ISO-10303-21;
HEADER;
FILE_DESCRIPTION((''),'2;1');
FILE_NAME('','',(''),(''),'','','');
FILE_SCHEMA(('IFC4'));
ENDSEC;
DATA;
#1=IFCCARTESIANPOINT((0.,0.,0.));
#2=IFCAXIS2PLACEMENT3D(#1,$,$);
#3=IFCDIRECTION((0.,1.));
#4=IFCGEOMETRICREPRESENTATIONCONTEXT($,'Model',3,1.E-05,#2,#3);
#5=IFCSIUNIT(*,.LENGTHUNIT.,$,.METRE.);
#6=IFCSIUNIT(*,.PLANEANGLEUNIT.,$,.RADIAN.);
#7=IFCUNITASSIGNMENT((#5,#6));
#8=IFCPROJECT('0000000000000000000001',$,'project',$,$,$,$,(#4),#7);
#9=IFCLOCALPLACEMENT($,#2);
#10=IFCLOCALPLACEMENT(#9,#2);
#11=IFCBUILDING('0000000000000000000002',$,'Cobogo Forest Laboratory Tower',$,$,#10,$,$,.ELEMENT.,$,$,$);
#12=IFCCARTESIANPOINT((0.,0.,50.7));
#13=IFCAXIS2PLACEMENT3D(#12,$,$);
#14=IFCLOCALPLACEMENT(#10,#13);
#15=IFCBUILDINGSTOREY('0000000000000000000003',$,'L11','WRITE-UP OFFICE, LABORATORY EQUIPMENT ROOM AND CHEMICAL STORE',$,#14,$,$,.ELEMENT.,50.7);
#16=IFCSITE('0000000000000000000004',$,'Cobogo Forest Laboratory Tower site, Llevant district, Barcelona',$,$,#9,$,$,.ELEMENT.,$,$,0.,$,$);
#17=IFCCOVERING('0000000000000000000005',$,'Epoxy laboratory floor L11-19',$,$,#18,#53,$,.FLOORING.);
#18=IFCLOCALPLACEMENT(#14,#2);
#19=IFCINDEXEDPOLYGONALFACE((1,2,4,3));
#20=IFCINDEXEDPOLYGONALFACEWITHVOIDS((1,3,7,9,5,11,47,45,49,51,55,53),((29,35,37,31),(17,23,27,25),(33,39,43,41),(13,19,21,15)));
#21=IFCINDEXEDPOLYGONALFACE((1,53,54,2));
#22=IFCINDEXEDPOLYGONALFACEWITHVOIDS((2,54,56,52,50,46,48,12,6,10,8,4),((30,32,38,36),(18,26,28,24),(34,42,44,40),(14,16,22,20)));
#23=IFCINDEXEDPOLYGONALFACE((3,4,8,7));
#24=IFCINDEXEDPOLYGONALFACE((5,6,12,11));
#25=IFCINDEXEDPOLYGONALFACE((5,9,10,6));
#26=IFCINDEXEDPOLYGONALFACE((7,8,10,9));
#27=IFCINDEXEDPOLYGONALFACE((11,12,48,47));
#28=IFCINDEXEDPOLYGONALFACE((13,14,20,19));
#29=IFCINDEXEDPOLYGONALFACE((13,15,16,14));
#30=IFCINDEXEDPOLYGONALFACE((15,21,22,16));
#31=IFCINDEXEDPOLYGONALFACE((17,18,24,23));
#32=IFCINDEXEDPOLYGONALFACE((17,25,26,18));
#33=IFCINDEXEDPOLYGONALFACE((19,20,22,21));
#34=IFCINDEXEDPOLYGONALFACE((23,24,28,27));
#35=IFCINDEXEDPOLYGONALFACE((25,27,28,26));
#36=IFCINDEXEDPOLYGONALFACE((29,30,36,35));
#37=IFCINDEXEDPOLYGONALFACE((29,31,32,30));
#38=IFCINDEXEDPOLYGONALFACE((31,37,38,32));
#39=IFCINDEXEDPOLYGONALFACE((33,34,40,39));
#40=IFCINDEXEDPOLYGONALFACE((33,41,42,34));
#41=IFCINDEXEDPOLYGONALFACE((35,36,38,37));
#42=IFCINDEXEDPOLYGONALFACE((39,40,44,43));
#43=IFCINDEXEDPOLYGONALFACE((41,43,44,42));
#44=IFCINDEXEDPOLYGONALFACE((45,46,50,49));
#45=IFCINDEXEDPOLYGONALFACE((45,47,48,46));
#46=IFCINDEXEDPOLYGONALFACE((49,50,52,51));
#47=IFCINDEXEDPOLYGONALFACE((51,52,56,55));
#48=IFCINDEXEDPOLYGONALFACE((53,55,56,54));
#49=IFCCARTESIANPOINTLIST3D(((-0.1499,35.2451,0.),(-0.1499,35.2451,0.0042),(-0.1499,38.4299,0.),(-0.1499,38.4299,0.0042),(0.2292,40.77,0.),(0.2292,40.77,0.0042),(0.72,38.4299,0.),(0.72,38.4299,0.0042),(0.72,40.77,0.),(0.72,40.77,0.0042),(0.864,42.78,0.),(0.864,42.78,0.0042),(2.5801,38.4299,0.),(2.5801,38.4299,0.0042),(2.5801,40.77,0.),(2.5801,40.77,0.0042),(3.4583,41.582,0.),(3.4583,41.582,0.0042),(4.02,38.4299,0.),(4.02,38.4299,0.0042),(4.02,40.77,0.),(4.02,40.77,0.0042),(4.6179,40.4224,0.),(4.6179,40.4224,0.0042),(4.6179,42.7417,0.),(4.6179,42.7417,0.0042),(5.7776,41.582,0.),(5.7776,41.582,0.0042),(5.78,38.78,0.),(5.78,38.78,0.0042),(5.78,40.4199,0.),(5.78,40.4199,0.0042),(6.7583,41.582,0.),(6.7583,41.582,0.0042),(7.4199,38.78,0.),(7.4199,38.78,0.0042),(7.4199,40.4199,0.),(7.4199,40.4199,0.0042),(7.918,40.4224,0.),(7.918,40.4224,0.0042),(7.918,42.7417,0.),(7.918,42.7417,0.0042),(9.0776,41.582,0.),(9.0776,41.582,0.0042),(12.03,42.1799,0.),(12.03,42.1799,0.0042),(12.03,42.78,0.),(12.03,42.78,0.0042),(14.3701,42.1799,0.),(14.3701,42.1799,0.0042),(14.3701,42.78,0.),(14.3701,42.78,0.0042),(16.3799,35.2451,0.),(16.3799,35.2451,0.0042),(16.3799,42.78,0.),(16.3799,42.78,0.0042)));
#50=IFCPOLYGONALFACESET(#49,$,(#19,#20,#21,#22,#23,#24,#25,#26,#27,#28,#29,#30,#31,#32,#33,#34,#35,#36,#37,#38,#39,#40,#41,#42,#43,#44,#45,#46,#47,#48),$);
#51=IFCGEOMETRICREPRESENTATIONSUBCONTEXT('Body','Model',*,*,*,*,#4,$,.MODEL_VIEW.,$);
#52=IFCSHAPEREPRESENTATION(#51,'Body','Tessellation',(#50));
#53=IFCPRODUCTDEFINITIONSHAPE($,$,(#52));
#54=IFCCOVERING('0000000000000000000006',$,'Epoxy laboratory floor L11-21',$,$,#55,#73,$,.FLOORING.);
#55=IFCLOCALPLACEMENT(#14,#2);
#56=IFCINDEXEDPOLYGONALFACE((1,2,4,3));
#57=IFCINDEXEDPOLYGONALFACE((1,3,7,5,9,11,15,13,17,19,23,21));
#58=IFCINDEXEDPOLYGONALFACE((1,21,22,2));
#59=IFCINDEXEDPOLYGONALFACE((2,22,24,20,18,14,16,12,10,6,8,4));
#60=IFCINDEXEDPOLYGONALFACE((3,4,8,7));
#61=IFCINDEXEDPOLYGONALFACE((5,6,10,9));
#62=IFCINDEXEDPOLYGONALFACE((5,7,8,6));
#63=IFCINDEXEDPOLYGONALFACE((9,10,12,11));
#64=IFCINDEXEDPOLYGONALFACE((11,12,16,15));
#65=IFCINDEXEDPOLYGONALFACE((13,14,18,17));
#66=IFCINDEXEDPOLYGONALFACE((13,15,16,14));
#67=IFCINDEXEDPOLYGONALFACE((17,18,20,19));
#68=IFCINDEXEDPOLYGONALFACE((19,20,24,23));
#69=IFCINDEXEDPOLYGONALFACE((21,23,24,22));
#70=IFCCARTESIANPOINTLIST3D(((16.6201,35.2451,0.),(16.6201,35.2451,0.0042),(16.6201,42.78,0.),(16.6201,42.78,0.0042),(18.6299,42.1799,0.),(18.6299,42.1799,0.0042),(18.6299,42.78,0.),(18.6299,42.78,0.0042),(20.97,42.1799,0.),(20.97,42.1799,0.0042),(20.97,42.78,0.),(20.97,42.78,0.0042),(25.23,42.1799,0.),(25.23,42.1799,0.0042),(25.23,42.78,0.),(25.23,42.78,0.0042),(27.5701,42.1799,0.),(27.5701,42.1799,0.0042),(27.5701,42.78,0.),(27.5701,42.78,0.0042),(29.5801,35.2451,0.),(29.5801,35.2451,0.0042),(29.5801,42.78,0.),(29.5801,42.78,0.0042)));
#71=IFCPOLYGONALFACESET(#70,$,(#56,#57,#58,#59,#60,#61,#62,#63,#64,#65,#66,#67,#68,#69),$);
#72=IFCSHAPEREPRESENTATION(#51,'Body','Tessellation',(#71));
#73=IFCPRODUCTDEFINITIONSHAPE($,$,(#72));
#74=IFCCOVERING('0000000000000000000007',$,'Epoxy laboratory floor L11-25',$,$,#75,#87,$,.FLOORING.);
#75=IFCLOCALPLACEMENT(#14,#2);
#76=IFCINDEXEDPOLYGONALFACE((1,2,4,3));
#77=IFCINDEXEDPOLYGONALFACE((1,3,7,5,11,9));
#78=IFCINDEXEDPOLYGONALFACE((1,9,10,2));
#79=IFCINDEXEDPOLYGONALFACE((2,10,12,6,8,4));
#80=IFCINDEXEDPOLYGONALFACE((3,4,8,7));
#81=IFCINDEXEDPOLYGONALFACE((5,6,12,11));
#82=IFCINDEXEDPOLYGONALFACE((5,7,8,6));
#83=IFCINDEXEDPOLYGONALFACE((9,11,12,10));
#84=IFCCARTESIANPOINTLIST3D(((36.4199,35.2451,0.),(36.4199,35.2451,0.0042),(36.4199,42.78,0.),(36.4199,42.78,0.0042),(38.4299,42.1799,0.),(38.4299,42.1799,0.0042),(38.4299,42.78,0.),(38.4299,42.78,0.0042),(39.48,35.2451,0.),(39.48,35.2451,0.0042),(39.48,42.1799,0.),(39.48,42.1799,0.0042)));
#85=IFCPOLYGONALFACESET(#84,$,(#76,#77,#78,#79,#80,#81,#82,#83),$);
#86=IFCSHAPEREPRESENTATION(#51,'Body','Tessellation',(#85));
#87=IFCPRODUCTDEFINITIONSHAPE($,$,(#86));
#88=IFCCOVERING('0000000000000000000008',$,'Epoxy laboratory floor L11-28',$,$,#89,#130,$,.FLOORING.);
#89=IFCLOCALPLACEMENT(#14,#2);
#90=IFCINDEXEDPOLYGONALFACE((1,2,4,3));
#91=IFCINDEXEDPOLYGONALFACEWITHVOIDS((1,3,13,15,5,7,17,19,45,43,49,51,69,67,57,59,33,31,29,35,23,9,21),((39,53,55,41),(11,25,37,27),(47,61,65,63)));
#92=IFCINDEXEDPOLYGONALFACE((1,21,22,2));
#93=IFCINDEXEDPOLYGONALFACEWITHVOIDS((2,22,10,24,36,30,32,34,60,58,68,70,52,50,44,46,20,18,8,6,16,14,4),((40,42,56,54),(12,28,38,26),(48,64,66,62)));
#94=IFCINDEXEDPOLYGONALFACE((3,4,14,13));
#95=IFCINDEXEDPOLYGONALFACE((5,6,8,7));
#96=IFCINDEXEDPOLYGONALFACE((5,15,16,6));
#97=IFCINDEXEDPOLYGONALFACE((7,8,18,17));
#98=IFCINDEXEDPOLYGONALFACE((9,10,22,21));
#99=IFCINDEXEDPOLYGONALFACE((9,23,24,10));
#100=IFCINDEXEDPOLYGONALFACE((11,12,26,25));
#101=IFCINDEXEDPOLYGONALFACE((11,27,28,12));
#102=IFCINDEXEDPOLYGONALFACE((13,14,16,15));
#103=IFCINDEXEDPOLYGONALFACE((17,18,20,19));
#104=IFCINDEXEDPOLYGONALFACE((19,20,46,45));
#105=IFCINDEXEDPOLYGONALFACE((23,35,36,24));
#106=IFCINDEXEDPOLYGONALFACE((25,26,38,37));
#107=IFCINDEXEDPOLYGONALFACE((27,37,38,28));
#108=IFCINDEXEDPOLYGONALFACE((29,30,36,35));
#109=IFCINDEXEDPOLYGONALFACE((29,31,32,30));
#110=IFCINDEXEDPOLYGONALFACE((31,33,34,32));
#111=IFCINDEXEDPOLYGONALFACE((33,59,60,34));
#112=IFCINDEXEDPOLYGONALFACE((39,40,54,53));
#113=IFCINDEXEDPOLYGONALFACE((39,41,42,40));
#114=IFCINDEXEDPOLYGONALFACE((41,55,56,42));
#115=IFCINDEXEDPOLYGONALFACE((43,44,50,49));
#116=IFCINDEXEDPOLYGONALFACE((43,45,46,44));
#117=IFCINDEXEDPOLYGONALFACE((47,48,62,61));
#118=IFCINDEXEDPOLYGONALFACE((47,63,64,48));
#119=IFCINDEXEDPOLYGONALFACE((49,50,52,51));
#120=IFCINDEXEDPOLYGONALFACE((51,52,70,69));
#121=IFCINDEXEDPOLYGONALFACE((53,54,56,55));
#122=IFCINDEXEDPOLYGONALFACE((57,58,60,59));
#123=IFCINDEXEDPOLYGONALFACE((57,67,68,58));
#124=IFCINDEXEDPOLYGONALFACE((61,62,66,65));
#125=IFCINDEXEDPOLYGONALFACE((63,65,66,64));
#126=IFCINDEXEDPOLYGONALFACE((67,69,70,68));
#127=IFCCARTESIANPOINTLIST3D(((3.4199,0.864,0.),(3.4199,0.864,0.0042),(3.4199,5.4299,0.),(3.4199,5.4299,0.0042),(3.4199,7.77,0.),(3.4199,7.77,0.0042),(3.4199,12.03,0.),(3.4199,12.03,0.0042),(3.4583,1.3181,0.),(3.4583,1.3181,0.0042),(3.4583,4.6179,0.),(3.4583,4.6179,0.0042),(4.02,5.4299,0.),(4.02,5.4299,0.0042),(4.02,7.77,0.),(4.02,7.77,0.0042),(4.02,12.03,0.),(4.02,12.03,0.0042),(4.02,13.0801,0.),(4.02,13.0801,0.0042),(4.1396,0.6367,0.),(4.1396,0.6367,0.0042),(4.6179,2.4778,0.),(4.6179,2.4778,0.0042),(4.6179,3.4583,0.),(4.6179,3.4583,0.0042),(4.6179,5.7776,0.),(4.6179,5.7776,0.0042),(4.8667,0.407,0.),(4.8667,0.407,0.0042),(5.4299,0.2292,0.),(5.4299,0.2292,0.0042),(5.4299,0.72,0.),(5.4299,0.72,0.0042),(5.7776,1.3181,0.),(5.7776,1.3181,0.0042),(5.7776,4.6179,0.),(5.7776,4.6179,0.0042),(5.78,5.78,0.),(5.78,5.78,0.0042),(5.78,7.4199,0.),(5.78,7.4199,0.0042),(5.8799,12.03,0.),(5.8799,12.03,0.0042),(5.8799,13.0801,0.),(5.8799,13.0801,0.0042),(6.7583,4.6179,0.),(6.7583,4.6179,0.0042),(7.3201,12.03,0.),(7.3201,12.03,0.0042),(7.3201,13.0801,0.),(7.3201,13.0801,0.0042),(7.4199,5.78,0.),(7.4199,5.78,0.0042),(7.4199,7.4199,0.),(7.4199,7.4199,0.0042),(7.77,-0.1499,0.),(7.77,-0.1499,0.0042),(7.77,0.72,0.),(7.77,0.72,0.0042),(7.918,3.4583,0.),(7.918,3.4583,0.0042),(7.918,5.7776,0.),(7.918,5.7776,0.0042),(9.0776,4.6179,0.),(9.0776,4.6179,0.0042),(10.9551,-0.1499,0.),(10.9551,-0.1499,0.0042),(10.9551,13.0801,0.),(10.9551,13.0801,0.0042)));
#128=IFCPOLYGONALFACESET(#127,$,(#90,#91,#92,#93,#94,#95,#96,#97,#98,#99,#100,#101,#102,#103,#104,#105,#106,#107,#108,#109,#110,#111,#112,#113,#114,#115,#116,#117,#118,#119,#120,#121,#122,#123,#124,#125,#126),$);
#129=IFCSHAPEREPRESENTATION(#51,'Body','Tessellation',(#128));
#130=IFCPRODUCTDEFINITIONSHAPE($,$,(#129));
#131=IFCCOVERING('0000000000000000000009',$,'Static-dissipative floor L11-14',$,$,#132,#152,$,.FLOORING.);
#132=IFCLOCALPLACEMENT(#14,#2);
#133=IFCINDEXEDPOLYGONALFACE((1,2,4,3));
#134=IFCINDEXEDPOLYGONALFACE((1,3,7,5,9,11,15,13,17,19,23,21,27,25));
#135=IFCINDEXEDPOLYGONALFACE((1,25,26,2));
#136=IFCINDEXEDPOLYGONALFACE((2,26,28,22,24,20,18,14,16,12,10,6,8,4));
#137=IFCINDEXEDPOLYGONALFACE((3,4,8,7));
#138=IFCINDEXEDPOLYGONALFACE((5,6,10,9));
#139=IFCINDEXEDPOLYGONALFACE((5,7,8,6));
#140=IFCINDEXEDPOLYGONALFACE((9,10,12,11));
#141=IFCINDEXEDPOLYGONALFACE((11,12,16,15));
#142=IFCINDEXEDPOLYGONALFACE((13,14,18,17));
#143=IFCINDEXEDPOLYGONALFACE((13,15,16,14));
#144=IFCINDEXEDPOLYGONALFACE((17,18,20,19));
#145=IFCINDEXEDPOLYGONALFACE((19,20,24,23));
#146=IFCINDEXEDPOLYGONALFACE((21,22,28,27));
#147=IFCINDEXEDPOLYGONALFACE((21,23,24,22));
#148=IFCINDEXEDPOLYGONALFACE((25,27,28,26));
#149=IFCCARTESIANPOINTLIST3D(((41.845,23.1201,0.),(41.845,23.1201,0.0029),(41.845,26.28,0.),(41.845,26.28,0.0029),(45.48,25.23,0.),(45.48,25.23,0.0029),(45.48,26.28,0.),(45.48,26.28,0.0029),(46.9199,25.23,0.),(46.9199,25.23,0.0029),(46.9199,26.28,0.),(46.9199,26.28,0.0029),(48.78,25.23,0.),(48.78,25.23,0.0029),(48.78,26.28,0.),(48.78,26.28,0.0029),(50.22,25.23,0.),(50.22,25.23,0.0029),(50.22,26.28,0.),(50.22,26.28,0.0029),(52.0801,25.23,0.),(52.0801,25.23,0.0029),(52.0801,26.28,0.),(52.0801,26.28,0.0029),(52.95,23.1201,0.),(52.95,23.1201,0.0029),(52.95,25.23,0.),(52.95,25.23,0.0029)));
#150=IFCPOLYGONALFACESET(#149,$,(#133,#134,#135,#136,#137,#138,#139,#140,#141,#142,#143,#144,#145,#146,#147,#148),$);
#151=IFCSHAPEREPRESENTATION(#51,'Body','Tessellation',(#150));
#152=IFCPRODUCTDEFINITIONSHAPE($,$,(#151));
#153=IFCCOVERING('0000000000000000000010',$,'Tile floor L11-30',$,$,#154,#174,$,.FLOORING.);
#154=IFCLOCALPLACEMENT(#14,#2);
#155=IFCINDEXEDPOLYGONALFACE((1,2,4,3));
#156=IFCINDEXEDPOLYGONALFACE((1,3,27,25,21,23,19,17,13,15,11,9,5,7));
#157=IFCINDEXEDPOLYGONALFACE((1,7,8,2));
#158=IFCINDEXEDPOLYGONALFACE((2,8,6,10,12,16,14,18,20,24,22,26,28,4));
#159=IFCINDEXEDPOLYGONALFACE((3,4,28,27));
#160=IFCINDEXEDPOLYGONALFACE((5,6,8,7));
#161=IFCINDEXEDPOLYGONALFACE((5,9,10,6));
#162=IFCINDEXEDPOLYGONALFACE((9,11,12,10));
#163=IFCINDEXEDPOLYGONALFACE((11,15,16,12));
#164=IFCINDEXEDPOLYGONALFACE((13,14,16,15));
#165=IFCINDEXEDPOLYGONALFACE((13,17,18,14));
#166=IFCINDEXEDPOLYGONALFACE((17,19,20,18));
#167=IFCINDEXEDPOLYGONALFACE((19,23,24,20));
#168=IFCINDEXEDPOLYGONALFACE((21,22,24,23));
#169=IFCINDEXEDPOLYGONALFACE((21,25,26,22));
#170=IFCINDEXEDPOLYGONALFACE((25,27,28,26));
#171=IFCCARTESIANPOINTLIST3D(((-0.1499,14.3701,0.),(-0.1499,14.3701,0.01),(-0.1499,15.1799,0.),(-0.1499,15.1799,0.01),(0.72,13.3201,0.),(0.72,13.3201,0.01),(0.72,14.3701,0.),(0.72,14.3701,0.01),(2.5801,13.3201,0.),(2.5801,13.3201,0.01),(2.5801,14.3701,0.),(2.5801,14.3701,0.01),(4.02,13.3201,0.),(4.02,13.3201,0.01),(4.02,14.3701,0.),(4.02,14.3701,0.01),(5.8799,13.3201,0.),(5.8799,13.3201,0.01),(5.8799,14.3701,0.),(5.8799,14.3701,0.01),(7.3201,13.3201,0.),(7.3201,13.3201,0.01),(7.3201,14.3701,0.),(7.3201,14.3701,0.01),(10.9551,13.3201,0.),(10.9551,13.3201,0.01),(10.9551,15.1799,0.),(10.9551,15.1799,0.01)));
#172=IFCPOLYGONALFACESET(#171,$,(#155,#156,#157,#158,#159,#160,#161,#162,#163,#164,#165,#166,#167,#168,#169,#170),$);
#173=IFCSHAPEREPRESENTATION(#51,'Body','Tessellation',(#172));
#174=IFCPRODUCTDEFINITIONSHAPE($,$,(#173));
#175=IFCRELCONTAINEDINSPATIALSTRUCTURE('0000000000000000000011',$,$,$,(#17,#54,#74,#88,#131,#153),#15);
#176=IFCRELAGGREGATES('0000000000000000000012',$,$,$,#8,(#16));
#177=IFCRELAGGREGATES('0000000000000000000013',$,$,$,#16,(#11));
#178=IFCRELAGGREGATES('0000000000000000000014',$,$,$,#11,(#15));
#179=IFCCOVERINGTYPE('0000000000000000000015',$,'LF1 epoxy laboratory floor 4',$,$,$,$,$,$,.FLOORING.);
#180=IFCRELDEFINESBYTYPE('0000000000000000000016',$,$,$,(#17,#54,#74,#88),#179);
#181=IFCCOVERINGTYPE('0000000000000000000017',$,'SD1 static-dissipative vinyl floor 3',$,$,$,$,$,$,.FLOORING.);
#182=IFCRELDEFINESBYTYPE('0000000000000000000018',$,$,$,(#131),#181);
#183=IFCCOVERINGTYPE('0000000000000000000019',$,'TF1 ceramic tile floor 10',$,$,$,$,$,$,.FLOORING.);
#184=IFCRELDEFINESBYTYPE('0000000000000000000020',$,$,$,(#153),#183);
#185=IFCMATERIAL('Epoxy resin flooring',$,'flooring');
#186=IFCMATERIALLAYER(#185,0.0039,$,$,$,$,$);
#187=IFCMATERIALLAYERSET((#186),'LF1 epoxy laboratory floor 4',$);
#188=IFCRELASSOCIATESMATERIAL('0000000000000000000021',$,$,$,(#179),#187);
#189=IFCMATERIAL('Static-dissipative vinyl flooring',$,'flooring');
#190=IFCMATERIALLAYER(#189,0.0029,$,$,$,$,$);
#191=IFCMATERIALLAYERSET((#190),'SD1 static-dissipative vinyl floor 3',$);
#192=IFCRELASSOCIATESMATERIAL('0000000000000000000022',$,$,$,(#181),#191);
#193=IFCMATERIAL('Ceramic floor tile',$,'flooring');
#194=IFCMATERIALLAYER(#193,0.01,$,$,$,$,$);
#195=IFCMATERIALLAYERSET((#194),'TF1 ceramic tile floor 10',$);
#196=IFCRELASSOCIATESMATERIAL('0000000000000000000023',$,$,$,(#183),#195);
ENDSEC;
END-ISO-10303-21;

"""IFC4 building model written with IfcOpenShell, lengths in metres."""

from ifc_helpers import new_model, si_unit, direction, frame, origin, place, context, subcontext, project, spatial, polyline, outline, extrude, material, layer, layer_set, type_object, element, save


model = new_model("IFC4")

# Units and contexts
model_context = context("Model", 3, precision=1e-05, world=origin(), true_north=direction((0.0, 1.0)))
body_context = subcontext(model_context, "Body", "Model", "MODEL_VIEW")
ifc_project = project(units=[si_unit("LENGTHUNIT", "METRE"), si_unit("PLANEANGLEUNIT", "RADIAN")], contexts=[model_context])

# Site, building, storey
site_placement = place(None, origin())
site = spatial("IfcSite", under=ifc_project, at=site_placement, Name="Cobogo Forest Laboratory Tower site, Llevant district, Barcelona", CompositionType="ELEMENT", RefElevation=0.0)
building_placement = place(site_placement, origin())
building = spatial("IfcBuilding", under=site, at=building_placement, Name="Cobogo Forest Laboratory Tower", CompositionType="ELEMENT")
storey_placement = place(building_placement, frame((0.0, 0.0, 50.7)))
storey = spatial("IfcBuildingStorey", under=building, at=storey_placement, Name="L11", Description="WRITE-UP OFFICE, LABORATORY EQUIPMENT ROOM AND CHEMICAL STORE", CompositionType="ELEMENT", Elevation=50.7)

# Coverings
ifc_material_1 = material(Name="Epoxy resin flooring", Category="flooring")
ifc_layer_1 = layer(ifc_material_1, 0.0039)
ifc_layer_set_1 = layer_set([ifc_layer_1], Name="LF1 epoxy laboratory floor 4")
covering_type_1 = type_object("IfcCoveringType", Name="LF1 epoxy laboratory floor 4", PredefinedType="FLOORING", material=ifc_layer_set_1)
covering_1_placement = place(storey_placement, origin())
element("IfcCovering", 1, at=covering_1_placement, inside=storey, type_object=covering_type_1, Name="Epoxy laboratory floor L11-19", PredefinedType="FLOORING", context=body_context, shape_type="SweptSolid", body=[
    extrude(outline(polyline([(16.3799, 35.2451), (-0.1499, 35.2451), (-0.1499, 38.4299), (0.72, 38.4299), (0.72, 40.77), (0.2292, 40.77), (0.864, 42.78), (12.03, 42.78), (12.03, 42.1799), (14.3701, 42.1799), (14.3701, 42.78), (16.3799, 42.78), (16.3799, 35.2451)]), holes=[polyline([(6.7583, 41.582), (7.918, 40.4224), (9.0776, 41.582), (7.918, 42.7417), (6.7583, 41.582)]), polyline([(5.78, 40.4199), (5.78, 38.78), (7.4199, 38.78), (7.4199, 40.4199), (5.78, 40.4199)]), polyline([(3.4583, 41.582), (4.6179, 40.4224), (5.7776, 41.582), (4.6179, 42.7417), (3.4583, 41.582)]), polyline([(2.5801, 38.4299), (4.02, 38.4299), (4.02, 40.77), (2.5801, 40.77), (2.5801, 38.4299)])]), origin(), (0.0, 0.0, 1.0), 0.0042),
])
covering_2_placement = place(storey_placement, origin())
element("IfcCovering", 2, at=covering_2_placement, inside=storey, type_object=covering_type_1, Name="Epoxy laboratory floor L11-21", PredefinedType="FLOORING", context=body_context, shape_type="SweptSolid", body=[
    extrude(outline(polyline([(16.6201, 42.78), (18.6299, 42.78), (18.6299, 42.1799), (20.97, 42.1799), (20.97, 42.78), (25.23, 42.78), (25.23, 42.1799), (27.5701, 42.1799), (27.5701, 42.78), (29.5801, 42.78), (29.5801, 35.2451), (16.6201, 35.2451), (16.6201, 42.78)])), origin(), (0.0, 0.0, 1.0), 0.0042),
])
covering_3_placement = place(storey_placement, origin())
element("IfcCovering", 3, at=covering_3_placement, inside=storey, type_object=covering_type_1, Name="Epoxy laboratory floor L11-25", PredefinedType="FLOORING", context=body_context, shape_type="SweptSolid", body=[
    extrude(outline(polyline([(36.4199, 42.78), (38.4299, 42.78), (38.4299, 42.1799), (39.48, 42.1799), (39.48, 35.2451), (36.4199, 35.2451), (36.4199, 42.78)])), origin(), (0.0, 0.0, 1.0), 0.0042),
])
covering_4_placement = place(storey_placement, origin())
element("IfcCovering", 4, at=covering_4_placement, inside=storey, type_object=covering_type_1, Name="Epoxy laboratory floor L11-28", PredefinedType="FLOORING", context=body_context, shape_type="SweptSolid", body=[
    extrude(outline(polyline([(5.8799, 13.0801), (5.8799, 12.03), (7.3201, 12.03), (7.3201, 13.0801), (10.9551, 13.0801), (10.9551, -0.1499), (7.77, -0.1499), (7.77, 0.72), (5.4299, 0.72), (5.4299, 0.2292), (4.8667, 0.407), (5.7776, 1.3181), (4.6179, 2.4778), (3.4583, 1.3181), (4.1396, 0.6367), (3.4199, 0.864), (3.4199, 5.4299), (4.02, 5.4299), (4.02, 7.77), (3.4199, 7.77), (3.4199, 12.03), (4.02, 12.03), (4.02, 13.0801), (5.8799, 13.0801)]), holes=[polyline([(7.918, 5.7776), (6.7583, 4.6179), (7.918, 3.4583), (9.0776, 4.6179), (7.918, 5.7776)]), polyline([(5.78, 7.4199), (5.78, 5.78), (7.4199, 5.78), (7.4199, 7.4199), (5.78, 7.4199)]), polyline([(3.4583, 4.6179), (4.6179, 3.4583), (5.7776, 4.6179), (4.6179, 5.7776), (3.4583, 4.6179)])]), origin(), (0.0, 0.0, 1.0), 0.0042),
])
ifc_material_2 = material(Name="Static-dissipative vinyl flooring", Category="flooring")
ifc_layer_2 = layer(ifc_material_2, 0.0029)
ifc_layer_set_2 = layer_set([ifc_layer_2], Name="SD1 static-dissipative vinyl floor 3")
covering_type_2 = type_object("IfcCoveringType", Name="SD1 static-dissipative vinyl floor 3", PredefinedType="FLOORING", material=ifc_layer_set_2)
covering_5_placement = place(storey_placement, origin())
element("IfcCovering", 5, at=covering_5_placement, inside=storey, type_object=covering_type_2, Name="Static-dissipative floor L11-14", PredefinedType="FLOORING", context=body_context, shape_type="SweptSolid", body=[
    extrude(outline(polyline([(41.845, 26.28), (45.48, 26.28), (45.48, 25.23), (46.9199, 25.23), (46.9199, 26.28), (48.78, 26.28), (48.78, 25.23), (50.22, 25.23), (50.22, 26.28), (52.0801, 26.28), (52.0801, 25.23), (52.95, 25.23), (52.95, 23.1201), (41.845, 23.1201), (41.845, 26.28)])), origin(), (0.0, 0.0, 1.0), 0.0029),
])
ifc_material_3 = material(Name="Ceramic floor tile", Category="flooring")
ifc_layer_3 = layer(ifc_material_3, 0.01)
ifc_layer_set_3 = layer_set([ifc_layer_3], Name="TF1 ceramic tile floor 10")
covering_type_3 = type_object("IfcCoveringType", Name="TF1 ceramic tile floor 10", PredefinedType="FLOORING", material=ifc_layer_set_3)
covering_6_placement = place(storey_placement, origin())
element("IfcCovering", 6, at=covering_6_placement, inside=storey, type_object=covering_type_3, Name="Tile floor L11-30", PredefinedType="FLOORING", context=body_context, shape_type="SweptSolid", body=[
    extrude(outline(polyline([(10.9551, 13.3201), (7.3201, 13.3201), (7.3201, 14.3701), (5.8799, 14.3701), (5.8799, 13.3201), (4.02, 13.3201), (4.02, 14.3701), (2.5801, 14.3701), (2.5801, 13.3201), (0.72, 13.3201), (0.72, 14.3701), (-0.1499, 14.3701), (-0.1499, 15.1799), (10.9551, 15.1799), (10.9551, 13.3201)])), origin(), (0.0, 0.0, 1.0), 0.01),
])

save(model, "model.ifc")
